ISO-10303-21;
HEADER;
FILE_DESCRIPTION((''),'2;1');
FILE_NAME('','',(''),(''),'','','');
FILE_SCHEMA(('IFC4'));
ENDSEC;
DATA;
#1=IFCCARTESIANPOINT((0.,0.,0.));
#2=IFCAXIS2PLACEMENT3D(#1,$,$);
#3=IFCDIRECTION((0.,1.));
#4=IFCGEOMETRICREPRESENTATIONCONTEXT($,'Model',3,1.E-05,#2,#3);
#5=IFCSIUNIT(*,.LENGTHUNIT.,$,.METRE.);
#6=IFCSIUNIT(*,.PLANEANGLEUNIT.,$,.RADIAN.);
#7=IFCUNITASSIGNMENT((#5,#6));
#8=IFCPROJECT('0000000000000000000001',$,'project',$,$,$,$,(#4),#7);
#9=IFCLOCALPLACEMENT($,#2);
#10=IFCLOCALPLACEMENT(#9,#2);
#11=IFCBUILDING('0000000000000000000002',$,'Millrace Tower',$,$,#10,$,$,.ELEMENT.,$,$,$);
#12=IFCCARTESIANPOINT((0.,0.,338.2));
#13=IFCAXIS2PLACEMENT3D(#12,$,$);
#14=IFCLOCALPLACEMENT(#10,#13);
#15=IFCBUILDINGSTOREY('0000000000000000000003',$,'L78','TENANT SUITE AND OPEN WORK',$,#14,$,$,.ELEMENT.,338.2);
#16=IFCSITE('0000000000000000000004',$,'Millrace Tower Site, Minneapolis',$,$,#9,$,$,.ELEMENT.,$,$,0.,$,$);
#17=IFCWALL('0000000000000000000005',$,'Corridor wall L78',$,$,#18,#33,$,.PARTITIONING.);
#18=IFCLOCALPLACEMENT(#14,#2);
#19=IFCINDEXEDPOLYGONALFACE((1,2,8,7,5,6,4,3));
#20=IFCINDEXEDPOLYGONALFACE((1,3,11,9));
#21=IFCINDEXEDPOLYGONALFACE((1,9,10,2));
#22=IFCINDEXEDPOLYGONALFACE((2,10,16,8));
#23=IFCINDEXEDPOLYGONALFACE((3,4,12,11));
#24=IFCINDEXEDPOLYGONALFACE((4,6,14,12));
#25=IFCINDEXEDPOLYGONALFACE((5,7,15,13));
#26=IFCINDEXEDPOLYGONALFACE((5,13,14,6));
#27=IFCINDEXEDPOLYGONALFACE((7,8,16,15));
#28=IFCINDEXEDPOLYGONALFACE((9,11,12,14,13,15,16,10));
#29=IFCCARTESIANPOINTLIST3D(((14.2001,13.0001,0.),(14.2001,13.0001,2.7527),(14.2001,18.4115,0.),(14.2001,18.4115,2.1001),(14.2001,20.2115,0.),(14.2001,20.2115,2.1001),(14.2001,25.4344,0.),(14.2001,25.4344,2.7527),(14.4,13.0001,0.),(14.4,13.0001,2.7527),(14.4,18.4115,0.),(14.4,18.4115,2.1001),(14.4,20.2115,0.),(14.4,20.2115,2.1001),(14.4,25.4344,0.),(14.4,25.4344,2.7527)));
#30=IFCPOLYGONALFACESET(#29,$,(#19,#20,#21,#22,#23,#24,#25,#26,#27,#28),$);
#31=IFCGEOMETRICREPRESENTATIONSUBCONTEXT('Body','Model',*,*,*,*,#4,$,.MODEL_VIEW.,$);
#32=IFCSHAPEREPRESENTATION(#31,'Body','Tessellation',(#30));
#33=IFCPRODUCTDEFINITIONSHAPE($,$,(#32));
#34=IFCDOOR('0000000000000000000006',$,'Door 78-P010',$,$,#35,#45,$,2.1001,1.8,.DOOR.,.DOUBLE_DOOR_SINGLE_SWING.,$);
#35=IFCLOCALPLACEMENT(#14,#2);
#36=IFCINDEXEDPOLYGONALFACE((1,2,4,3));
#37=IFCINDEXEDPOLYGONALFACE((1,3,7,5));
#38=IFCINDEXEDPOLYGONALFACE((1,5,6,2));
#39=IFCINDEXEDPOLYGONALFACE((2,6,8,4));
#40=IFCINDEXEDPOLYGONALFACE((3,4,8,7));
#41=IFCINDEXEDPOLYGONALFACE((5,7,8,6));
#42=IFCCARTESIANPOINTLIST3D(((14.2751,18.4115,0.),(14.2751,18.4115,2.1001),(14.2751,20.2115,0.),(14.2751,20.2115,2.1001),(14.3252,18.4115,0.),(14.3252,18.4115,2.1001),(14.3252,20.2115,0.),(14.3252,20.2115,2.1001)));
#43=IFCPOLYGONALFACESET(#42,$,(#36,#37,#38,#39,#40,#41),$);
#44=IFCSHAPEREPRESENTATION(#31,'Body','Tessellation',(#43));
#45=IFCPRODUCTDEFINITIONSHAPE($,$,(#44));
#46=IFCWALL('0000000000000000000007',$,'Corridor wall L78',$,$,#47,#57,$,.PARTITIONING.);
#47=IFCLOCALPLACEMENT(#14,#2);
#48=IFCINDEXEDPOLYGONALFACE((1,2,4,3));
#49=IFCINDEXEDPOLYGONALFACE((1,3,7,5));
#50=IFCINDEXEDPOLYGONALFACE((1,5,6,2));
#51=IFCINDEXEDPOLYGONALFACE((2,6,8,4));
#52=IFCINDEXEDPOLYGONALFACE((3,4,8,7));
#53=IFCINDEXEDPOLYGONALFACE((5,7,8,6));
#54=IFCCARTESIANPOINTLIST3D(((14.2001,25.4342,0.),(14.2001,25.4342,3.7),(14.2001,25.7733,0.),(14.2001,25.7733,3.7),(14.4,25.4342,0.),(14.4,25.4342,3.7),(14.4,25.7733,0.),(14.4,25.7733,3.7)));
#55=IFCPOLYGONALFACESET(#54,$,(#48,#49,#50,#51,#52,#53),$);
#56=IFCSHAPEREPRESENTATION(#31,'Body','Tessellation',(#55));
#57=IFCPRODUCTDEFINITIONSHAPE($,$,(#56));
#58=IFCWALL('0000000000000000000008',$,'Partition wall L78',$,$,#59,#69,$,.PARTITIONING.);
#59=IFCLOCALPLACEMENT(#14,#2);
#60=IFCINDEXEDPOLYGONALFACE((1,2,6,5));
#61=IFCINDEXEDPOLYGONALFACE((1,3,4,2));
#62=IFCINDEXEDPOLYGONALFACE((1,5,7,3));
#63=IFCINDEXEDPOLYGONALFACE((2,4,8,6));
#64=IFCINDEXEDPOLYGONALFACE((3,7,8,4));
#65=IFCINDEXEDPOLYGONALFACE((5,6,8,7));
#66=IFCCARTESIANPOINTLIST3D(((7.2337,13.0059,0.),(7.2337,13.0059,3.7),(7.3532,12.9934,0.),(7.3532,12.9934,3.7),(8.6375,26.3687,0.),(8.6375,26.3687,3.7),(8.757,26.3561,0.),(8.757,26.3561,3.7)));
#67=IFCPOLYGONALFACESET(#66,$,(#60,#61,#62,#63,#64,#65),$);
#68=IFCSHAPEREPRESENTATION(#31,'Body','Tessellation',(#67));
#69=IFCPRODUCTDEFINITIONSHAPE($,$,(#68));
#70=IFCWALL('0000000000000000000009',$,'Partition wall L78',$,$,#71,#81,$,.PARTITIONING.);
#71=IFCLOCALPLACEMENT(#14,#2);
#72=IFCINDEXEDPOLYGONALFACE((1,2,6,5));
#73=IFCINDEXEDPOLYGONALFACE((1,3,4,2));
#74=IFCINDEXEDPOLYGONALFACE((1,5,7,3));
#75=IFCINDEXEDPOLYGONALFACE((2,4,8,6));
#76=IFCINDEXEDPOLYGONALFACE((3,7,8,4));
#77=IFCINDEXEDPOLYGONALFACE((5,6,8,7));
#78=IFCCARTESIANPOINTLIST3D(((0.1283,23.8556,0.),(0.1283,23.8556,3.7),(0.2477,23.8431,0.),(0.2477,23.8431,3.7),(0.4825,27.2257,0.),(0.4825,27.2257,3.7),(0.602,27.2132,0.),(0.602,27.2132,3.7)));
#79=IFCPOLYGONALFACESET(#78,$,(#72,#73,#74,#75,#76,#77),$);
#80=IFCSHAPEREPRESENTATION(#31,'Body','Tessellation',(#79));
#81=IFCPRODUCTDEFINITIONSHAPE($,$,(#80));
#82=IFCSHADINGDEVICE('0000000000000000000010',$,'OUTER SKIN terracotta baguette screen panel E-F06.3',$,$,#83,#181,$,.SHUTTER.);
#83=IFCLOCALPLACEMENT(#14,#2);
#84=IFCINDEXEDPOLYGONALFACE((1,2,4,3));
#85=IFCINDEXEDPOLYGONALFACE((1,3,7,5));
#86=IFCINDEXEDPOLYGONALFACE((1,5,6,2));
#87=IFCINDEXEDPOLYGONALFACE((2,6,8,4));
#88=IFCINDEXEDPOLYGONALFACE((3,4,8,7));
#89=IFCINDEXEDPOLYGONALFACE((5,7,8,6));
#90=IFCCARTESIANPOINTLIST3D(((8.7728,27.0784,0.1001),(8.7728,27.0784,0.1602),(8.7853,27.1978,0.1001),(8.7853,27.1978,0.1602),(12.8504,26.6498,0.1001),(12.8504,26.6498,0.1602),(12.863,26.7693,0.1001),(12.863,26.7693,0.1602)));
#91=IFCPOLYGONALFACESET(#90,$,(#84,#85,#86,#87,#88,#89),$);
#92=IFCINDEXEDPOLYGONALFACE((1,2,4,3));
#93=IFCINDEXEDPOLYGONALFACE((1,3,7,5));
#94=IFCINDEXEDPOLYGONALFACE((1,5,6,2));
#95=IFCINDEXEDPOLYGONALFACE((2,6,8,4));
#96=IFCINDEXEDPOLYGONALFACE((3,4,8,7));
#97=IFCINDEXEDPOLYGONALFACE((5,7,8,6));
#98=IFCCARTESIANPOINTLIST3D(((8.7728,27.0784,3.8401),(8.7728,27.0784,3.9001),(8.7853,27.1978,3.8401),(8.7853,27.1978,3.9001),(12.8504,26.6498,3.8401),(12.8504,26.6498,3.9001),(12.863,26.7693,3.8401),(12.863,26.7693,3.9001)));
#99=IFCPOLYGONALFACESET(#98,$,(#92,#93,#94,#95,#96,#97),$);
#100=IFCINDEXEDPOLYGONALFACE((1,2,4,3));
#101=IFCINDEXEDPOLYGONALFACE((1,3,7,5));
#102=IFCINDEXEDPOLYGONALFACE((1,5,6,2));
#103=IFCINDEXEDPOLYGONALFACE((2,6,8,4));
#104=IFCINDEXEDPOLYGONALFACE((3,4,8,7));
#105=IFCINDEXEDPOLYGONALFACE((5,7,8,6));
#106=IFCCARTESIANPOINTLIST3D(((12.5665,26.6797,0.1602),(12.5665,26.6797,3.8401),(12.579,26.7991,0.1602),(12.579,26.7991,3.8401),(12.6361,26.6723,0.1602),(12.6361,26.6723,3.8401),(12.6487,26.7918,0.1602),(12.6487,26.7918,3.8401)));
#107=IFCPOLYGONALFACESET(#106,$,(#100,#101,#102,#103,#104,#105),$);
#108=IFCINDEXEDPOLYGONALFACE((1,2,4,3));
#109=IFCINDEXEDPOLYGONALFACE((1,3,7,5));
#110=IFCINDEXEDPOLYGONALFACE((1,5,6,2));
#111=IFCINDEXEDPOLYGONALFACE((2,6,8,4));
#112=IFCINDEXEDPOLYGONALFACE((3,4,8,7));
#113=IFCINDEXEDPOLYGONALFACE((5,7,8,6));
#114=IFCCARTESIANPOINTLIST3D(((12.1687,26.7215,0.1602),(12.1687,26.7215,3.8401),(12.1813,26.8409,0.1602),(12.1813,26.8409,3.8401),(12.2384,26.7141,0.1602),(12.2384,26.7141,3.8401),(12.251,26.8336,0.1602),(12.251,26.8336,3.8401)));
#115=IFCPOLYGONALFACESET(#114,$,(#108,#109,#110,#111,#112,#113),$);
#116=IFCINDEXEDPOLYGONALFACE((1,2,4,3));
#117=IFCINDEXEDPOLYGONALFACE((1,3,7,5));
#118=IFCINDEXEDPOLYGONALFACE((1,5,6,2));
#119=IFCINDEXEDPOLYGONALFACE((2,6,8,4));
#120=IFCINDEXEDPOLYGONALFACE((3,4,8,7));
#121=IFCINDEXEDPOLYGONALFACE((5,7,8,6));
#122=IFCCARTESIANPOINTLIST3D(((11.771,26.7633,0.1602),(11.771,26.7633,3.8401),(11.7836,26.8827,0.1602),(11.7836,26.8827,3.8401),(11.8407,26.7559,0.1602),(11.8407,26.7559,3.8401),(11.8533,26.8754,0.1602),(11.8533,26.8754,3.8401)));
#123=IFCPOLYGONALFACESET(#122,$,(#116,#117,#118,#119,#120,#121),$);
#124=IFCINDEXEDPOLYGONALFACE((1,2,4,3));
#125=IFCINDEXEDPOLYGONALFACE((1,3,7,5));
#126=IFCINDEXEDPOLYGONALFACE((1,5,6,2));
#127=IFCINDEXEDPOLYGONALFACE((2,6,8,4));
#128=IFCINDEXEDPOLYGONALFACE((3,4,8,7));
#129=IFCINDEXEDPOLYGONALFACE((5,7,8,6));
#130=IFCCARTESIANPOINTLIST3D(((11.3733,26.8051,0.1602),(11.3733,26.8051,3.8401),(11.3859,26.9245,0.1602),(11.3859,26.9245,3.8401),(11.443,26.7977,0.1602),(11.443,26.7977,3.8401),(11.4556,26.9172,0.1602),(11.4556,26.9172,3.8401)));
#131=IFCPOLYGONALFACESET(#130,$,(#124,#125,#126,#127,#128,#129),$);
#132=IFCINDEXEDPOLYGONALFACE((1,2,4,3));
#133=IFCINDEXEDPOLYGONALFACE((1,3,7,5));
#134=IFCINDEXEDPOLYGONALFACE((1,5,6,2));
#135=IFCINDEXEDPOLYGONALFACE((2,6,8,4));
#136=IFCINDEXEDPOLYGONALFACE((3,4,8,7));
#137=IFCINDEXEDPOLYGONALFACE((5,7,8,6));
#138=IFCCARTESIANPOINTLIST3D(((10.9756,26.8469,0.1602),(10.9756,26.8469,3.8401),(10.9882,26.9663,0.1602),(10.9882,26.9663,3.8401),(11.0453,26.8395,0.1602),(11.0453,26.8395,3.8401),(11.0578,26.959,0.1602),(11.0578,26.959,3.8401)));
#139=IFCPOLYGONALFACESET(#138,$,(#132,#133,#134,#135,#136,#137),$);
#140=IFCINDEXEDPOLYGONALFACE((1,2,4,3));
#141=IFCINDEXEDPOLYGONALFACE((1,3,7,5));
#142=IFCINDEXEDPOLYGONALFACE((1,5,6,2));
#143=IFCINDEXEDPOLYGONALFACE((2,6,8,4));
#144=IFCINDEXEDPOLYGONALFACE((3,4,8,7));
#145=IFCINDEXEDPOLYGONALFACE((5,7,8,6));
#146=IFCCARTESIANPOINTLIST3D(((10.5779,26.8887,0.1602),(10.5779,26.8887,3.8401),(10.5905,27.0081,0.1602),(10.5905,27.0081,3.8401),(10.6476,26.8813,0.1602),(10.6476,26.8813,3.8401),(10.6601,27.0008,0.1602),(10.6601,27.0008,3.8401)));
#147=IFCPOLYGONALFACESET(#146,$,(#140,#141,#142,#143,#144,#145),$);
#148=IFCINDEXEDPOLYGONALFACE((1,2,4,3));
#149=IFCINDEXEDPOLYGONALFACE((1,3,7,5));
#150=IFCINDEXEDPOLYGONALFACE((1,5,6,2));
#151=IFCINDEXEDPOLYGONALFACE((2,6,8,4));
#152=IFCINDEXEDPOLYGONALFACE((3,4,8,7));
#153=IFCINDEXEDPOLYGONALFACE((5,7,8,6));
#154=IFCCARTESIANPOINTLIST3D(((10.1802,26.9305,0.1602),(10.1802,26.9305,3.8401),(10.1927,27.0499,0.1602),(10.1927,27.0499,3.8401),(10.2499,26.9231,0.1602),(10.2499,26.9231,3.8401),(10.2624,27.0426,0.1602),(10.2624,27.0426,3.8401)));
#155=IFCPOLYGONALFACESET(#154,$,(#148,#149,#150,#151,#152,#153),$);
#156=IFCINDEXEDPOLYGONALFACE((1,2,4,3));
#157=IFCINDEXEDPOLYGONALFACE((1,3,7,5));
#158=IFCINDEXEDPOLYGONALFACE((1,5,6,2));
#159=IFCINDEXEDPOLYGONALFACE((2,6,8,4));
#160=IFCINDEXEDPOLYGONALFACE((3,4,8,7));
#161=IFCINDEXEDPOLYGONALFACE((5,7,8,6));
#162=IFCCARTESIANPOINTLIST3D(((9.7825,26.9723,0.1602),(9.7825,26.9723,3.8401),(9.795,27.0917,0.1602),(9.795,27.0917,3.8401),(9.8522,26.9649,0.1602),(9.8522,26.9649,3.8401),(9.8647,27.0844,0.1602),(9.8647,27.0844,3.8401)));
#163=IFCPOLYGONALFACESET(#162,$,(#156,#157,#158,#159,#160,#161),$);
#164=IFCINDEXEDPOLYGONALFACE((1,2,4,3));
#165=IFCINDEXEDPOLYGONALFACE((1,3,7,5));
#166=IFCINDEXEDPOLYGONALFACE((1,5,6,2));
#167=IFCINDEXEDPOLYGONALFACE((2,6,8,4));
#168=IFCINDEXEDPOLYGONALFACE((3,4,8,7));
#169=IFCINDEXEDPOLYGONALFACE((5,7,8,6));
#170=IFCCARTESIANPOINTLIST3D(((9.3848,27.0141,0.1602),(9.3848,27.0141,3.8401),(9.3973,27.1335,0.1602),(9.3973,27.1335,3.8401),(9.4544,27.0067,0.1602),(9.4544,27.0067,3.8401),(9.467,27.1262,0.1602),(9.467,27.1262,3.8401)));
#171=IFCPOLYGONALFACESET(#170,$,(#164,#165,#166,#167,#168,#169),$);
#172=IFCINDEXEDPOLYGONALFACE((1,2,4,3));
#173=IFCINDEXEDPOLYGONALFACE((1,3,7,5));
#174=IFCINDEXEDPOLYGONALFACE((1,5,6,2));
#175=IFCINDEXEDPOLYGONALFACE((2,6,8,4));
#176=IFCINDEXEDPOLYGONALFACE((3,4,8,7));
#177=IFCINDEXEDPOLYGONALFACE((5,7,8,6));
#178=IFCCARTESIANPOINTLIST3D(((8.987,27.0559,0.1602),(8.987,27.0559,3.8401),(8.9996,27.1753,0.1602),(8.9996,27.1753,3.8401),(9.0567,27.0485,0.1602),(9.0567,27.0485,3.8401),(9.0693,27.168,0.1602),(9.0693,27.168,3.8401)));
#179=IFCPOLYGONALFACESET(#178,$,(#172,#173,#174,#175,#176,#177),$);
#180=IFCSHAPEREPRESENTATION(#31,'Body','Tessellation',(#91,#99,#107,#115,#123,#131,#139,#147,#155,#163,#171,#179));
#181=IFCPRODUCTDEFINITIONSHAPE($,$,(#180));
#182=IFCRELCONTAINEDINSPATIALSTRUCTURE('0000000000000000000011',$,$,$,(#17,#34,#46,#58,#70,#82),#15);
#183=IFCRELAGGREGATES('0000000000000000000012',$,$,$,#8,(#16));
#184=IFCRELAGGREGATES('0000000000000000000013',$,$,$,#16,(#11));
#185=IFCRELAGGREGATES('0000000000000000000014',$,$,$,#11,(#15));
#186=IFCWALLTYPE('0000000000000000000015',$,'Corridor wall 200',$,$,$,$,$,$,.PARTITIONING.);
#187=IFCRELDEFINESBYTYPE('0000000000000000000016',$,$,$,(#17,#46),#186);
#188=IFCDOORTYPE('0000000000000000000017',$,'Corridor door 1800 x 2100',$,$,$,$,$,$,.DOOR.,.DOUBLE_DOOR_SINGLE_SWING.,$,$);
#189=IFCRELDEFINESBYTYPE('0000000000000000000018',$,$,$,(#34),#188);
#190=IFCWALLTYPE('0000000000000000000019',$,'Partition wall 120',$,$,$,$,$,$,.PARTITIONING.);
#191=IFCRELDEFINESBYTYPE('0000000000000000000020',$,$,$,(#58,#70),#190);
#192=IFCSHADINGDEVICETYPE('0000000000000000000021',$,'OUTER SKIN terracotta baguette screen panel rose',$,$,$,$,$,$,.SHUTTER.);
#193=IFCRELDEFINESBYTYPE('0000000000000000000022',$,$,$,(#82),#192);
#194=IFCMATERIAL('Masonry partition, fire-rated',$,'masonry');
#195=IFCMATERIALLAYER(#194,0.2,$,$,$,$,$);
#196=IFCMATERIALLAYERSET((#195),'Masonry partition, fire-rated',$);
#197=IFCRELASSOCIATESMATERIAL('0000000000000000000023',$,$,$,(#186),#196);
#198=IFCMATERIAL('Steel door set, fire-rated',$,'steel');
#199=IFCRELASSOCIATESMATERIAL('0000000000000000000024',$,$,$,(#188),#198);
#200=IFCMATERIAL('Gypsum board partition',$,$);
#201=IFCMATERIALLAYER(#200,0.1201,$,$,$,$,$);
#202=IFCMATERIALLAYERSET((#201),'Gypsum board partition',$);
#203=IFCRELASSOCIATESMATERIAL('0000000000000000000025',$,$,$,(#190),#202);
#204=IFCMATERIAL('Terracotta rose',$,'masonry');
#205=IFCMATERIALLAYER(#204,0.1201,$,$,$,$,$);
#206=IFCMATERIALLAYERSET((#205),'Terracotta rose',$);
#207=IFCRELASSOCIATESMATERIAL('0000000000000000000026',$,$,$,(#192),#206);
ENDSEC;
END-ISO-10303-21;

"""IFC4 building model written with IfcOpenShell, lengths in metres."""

from ifc_helpers import new_model, entity, si_unit, direction, frame, frame_2d, origin, place, context, subcontext, project, spatial, rectangle, extrude, source, transform, mapped, material, layer, layer_set, type_object, element, fill, save


model = new_model("IFC4")

# Units and contexts
model_context = context("Model", 3, precision=1e-05, world=origin(), true_north=direction((0.0, 1.0)))
body_context = subcontext(model_context, "Body", "Model", "MODEL_VIEW")
ifc_project = project(units=[si_unit("LENGTHUNIT", "METRE"), si_unit("PLANEANGLEUNIT", "RADIAN")], contexts=[model_context])

# Site, building, storey
site_placement = place(None, origin())
site = spatial("IfcSite", under=ifc_project, at=site_placement, Name="Millrace Tower Site, Minneapolis", CompositionType="ELEMENT", RefElevation=0.0)
building_placement = place(site_placement, origin())
building = spatial("IfcBuilding", under=site, at=building_placement, Name="Millrace Tower", CompositionType="ELEMENT")
storey_placement = place(building_placement, frame((0.0, 0.0, 338.2)))
storey = spatial("IfcBuildingStorey", under=building, at=storey_placement, Name="L78", Description="TENANT SUITE AND OPEN WORK", CompositionType="ELEMENT", Elevation=338.2)

# Shared definitions
ifc_material_1 = material(Name="Masonry partition, fire-rated", Category="masonry")
ifc_layer_1 = layer(ifc_material_1, 0.2)
ifc_layer_set_1 = layer_set([ifc_layer_1], Name="Masonry partition, fire-rated")
wall_type_1 = type_object("IfcWallType", Name="Corridor wall 200", PredefinedType="PARTITIONING", material=ifc_layer_set_1)

# Wall, opening, door
wall_1_placement = place(storey_placement, frame((14.3, 13.0, 0.0), z_axis=(0.0, 0.0, 1.0), x_axis=(0.0, 1.0, 0.0)))
wall_1 = element("IfcWall", 1, at=wall_1_placement, inside=storey, type_object=wall_type_1, Name="Corridor wall L78", PredefinedType="PARTITIONING", context=body_context, shape_type="SweptSolid", body=[
    extrude(rectangle(XDim=12.4343, YDim=0.2, at=frame_2d((6.2173, 0.0))), origin(), (0.0, 0.0, 1.0), 2.7527),
])
opening_placement = place(wall_1_placement, frame((5.4116, 0.0, 0.0)))
opening = element("IfcOpeningElement", 2, at=opening_placement, cuts=wall_1, PredefinedType="OPENING", context=body_context, shape_type="SweptSolid", body=[
    extrude(rectangle(XDim=1.8, YDim=2.1001, at=frame_2d((0.8999, 1.05))), frame((0.0, 0.1099, 0.0), z_axis=(0.0, -1.0, 0.0), x_axis=(1.0, 0.0, 0.0)), (0.0, 0.0, 1.0), 0.22),
])
ifc_material_2 = material(Name="Steel door set, fire-rated", Category="steel")
door_type = type_object("IfcDoorType", Name="Corridor door 1800 x 2100", OperationType="DOUBLE_DOOR_SINGLE_SWING", PredefinedType="DOOR", material=ifc_material_2)
door_placement = place(opening_placement, origin())
door = element("IfcDoor", 3, at=door_placement, inside=storey, type_object=door_type, Name="Door 78-P010", OperationType="DOUBLE_DOOR_SINGLE_SWING", OverallHeight=2.1001, OverallWidth=1.8, PredefinedType="DOOR", context=body_context, shape_type="SweptSolid", body=[
    extrude(rectangle(XDim=1.8, YDim=2.1001, at=frame_2d((0.8999, 1.05))), frame((0.0, 0.0249, 0.0), z_axis=(0.0, -1.0, 0.0), x_axis=(1.0, 0.0, 0.0)), (0.0, 0.0, 1.0), 0.05),
])
fill(opening, door)

# Walls
wall_2_placement = place(storey_placement, frame((14.3, 25.4343, 0.0), z_axis=(0.0, 0.0, 1.0), x_axis=(0.0, 1.0, 0.0)))
element("IfcWall", 4, at=wall_2_placement, inside=storey, type_object=wall_type_1, Name="Corridor wall L78", PredefinedType="PARTITIONING", context=body_context, shape_type="SweptSolid", body=[
    extrude(rectangle(XDim=0.3391, YDim=0.2, at=frame_2d((0.1694, 0.0))), origin(), (0.0, 0.0, 1.0), 3.7),
])
ifc_material_3 = material(Name="Gypsum board partition")
ifc_layer_2 = layer(ifc_material_3, 0.1201)
ifc_layer_set_2 = layer_set([ifc_layer_2], Name="Gypsum board partition")
wall_type_2 = type_object("IfcWallType", Name="Partition wall 120", PredefinedType="PARTITIONING", material=ifc_layer_set_2)
wall_3_placement = place(storey_placement, frame((7.2935, 12.9995, 0.0), z_axis=(0.0, 0.0, 1.0), x_axis=(0.104479, 0.994527, 0.0)))
element("IfcWall", 5, at=wall_3_placement, inside=storey, type_object=wall_type_2, Name="Partition wall L78", PredefinedType="PARTITIONING", context=body_context, shape_type="SweptSolid", body=[
    extrude(rectangle(XDim=13.4363, YDim=0.1201, at=frame_2d((6.7183, 0.0))), origin(), (0.0, 0.0, 1.0), 3.7),
])
wall_4_placement = place(storey_placement, frame((0.188, 23.8494, 0.0), z_axis=(0.0, 0.0, 1.0), x_axis=(0.104539, 0.994521, 0.0)))
element("IfcWall", 6, at=wall_4_placement, inside=storey, type_object=wall_type_2, Name="Partition wall L78", PredefinedType="PARTITIONING", context=body_context, shape_type="SweptSolid", body=[
    extrude(rectangle(XDim=3.3887, YDim=0.1201, at=frame_2d((1.6943, 0.0))), origin(), (0.0, 0.0, 1.0), 3.7),
])

# Shading device
ifc_material_4 = material(Name="Terracotta rose", Category="masonry")
ifc_layer_3 = layer(ifc_material_4, 0.1201)
ifc_layer_set_3 = layer_set([ifc_layer_3], Name="Terracotta rose")
shading_device_type = type_object("IfcShadingDeviceType", Name="OUTER SKIN terracotta baguette screen panel rose", PredefinedType="SHUTTER", material=ifc_layer_set_3)
cartesian_point = entity("IfcCartesianPoint", [-2.05, 0.0601])
shared_polyline = entity("IfcPolyline", [cartesian_point, entity("IfcCartesianPoint", [2.05, 0.0601]), entity("IfcCartesianPoint", [2.05, -0.0601]), entity("IfcCartesianPoint", [-2.05, -0.0601]), cartesian_point])
shared_shape = source(origin(), body_context, "Body", "SweptSolid", [
    entity("IfcExtrudedAreaSolid", entity("IfcArbitraryClosedProfileDef", "AREA", None, shared_polyline), entity("IfcAxis2Placement3D", entity("IfcCartesianPoint", [0.0, 0.0, 0.0])), entity("IfcDirection", [0.0, 0.0, 1.0]), 0.0601),
    entity("IfcExtrudedAreaSolid", entity("IfcArbitraryClosedProfileDef", "AREA", None, shared_polyline), entity("IfcAxis2Placement3D", entity("IfcCartesianPoint", [0.0, 0.0, 3.74])), entity("IfcDirection", [0.0, 0.0, 1.0]), 0.0601),
    extrude(rectangle(XDim=0.0701, YDim=0.1201, at=frame_2d((-1.7996, 0.0))), frame((0.0, 0.0, 0.0601)), (0.0, 0.0, 1.0), 3.6799),
    extrude(rectangle(XDim=0.0701, YDim=0.1201, at=frame_2d((-1.3997, 0.0))), frame((0.0, 0.0, 0.0601)), (0.0, 0.0, 1.0), 3.6799),
    extrude(rectangle(XDim=0.0701, YDim=0.1201, at=frame_2d((-0.9998, 0.0))), frame((0.0, 0.0, 0.0601)), (0.0, 0.0, 1.0), 3.6799),
    extrude(rectangle(XDim=0.0701, YDim=0.1201, at=frame_2d((-0.5999, 0.0))), frame((0.0, 0.0, 0.0601)), (0.0, 0.0, 1.0), 3.6799),
    extrude(rectangle(XDim=0.0701, YDim=0.1201, at=frame_2d((-0.2, 0.0))), frame((0.0, 0.0, 0.0601)), (0.0, 0.0, 1.0), 3.6799),
    extrude(rectangle(XDim=0.0701, YDim=0.1201, at=frame_2d((0.2, 0.0))), frame((0.0, 0.0, 0.0601)), (0.0, 0.0, 1.0), 3.6799),
    extrude(rectangle(XDim=0.0701, YDim=0.1201, at=frame_2d((0.5999, 0.0))), frame((0.0, 0.0, 0.0601)), (0.0, 0.0, 1.0), 3.6799),
    extrude(rectangle(XDim=0.0701, YDim=0.1201, at=frame_2d((0.9998, 0.0))), frame((0.0, 0.0, 0.0601)), (0.0, 0.0, 1.0), 3.6799),
    extrude(rectangle(XDim=0.0701, YDim=0.1201, at=frame_2d((1.3997, 0.0))), frame((0.0, 0.0, 0.0601)), (0.0, 0.0, 1.0), 3.6799),
    extrude(rectangle(XDim=0.0701, YDim=0.1201, at=frame_2d((1.7996, 0.0))), frame((0.0, 0.0, 0.0601)), (0.0, 0.0, 1.0), 3.6799),
])
for number, where, z_axis, x_axis, name in (
    (7, (10.8179, 26.9238, 0.1001), (0.0, 0.0, 1.0), (-0.994522, 0.104528, 0.0), "OUTER SKIN terracotta baguette screen panel E-F06.3"),
):
    element("IfcShadingDevice", number, at=place(storey_placement, frame(where, z_axis=z_axis, x_axis=x_axis)), inside=storey, type_object=shading_device_type, Name=name, PredefinedType="SHUTTER", context=body_context, shape_type="MappedRepresentation", body=[
        mapped(shared_shape, transform((0.0, 0.0, 0.0), scale=1.0)),
    ])

save(model, "model.ifc")
